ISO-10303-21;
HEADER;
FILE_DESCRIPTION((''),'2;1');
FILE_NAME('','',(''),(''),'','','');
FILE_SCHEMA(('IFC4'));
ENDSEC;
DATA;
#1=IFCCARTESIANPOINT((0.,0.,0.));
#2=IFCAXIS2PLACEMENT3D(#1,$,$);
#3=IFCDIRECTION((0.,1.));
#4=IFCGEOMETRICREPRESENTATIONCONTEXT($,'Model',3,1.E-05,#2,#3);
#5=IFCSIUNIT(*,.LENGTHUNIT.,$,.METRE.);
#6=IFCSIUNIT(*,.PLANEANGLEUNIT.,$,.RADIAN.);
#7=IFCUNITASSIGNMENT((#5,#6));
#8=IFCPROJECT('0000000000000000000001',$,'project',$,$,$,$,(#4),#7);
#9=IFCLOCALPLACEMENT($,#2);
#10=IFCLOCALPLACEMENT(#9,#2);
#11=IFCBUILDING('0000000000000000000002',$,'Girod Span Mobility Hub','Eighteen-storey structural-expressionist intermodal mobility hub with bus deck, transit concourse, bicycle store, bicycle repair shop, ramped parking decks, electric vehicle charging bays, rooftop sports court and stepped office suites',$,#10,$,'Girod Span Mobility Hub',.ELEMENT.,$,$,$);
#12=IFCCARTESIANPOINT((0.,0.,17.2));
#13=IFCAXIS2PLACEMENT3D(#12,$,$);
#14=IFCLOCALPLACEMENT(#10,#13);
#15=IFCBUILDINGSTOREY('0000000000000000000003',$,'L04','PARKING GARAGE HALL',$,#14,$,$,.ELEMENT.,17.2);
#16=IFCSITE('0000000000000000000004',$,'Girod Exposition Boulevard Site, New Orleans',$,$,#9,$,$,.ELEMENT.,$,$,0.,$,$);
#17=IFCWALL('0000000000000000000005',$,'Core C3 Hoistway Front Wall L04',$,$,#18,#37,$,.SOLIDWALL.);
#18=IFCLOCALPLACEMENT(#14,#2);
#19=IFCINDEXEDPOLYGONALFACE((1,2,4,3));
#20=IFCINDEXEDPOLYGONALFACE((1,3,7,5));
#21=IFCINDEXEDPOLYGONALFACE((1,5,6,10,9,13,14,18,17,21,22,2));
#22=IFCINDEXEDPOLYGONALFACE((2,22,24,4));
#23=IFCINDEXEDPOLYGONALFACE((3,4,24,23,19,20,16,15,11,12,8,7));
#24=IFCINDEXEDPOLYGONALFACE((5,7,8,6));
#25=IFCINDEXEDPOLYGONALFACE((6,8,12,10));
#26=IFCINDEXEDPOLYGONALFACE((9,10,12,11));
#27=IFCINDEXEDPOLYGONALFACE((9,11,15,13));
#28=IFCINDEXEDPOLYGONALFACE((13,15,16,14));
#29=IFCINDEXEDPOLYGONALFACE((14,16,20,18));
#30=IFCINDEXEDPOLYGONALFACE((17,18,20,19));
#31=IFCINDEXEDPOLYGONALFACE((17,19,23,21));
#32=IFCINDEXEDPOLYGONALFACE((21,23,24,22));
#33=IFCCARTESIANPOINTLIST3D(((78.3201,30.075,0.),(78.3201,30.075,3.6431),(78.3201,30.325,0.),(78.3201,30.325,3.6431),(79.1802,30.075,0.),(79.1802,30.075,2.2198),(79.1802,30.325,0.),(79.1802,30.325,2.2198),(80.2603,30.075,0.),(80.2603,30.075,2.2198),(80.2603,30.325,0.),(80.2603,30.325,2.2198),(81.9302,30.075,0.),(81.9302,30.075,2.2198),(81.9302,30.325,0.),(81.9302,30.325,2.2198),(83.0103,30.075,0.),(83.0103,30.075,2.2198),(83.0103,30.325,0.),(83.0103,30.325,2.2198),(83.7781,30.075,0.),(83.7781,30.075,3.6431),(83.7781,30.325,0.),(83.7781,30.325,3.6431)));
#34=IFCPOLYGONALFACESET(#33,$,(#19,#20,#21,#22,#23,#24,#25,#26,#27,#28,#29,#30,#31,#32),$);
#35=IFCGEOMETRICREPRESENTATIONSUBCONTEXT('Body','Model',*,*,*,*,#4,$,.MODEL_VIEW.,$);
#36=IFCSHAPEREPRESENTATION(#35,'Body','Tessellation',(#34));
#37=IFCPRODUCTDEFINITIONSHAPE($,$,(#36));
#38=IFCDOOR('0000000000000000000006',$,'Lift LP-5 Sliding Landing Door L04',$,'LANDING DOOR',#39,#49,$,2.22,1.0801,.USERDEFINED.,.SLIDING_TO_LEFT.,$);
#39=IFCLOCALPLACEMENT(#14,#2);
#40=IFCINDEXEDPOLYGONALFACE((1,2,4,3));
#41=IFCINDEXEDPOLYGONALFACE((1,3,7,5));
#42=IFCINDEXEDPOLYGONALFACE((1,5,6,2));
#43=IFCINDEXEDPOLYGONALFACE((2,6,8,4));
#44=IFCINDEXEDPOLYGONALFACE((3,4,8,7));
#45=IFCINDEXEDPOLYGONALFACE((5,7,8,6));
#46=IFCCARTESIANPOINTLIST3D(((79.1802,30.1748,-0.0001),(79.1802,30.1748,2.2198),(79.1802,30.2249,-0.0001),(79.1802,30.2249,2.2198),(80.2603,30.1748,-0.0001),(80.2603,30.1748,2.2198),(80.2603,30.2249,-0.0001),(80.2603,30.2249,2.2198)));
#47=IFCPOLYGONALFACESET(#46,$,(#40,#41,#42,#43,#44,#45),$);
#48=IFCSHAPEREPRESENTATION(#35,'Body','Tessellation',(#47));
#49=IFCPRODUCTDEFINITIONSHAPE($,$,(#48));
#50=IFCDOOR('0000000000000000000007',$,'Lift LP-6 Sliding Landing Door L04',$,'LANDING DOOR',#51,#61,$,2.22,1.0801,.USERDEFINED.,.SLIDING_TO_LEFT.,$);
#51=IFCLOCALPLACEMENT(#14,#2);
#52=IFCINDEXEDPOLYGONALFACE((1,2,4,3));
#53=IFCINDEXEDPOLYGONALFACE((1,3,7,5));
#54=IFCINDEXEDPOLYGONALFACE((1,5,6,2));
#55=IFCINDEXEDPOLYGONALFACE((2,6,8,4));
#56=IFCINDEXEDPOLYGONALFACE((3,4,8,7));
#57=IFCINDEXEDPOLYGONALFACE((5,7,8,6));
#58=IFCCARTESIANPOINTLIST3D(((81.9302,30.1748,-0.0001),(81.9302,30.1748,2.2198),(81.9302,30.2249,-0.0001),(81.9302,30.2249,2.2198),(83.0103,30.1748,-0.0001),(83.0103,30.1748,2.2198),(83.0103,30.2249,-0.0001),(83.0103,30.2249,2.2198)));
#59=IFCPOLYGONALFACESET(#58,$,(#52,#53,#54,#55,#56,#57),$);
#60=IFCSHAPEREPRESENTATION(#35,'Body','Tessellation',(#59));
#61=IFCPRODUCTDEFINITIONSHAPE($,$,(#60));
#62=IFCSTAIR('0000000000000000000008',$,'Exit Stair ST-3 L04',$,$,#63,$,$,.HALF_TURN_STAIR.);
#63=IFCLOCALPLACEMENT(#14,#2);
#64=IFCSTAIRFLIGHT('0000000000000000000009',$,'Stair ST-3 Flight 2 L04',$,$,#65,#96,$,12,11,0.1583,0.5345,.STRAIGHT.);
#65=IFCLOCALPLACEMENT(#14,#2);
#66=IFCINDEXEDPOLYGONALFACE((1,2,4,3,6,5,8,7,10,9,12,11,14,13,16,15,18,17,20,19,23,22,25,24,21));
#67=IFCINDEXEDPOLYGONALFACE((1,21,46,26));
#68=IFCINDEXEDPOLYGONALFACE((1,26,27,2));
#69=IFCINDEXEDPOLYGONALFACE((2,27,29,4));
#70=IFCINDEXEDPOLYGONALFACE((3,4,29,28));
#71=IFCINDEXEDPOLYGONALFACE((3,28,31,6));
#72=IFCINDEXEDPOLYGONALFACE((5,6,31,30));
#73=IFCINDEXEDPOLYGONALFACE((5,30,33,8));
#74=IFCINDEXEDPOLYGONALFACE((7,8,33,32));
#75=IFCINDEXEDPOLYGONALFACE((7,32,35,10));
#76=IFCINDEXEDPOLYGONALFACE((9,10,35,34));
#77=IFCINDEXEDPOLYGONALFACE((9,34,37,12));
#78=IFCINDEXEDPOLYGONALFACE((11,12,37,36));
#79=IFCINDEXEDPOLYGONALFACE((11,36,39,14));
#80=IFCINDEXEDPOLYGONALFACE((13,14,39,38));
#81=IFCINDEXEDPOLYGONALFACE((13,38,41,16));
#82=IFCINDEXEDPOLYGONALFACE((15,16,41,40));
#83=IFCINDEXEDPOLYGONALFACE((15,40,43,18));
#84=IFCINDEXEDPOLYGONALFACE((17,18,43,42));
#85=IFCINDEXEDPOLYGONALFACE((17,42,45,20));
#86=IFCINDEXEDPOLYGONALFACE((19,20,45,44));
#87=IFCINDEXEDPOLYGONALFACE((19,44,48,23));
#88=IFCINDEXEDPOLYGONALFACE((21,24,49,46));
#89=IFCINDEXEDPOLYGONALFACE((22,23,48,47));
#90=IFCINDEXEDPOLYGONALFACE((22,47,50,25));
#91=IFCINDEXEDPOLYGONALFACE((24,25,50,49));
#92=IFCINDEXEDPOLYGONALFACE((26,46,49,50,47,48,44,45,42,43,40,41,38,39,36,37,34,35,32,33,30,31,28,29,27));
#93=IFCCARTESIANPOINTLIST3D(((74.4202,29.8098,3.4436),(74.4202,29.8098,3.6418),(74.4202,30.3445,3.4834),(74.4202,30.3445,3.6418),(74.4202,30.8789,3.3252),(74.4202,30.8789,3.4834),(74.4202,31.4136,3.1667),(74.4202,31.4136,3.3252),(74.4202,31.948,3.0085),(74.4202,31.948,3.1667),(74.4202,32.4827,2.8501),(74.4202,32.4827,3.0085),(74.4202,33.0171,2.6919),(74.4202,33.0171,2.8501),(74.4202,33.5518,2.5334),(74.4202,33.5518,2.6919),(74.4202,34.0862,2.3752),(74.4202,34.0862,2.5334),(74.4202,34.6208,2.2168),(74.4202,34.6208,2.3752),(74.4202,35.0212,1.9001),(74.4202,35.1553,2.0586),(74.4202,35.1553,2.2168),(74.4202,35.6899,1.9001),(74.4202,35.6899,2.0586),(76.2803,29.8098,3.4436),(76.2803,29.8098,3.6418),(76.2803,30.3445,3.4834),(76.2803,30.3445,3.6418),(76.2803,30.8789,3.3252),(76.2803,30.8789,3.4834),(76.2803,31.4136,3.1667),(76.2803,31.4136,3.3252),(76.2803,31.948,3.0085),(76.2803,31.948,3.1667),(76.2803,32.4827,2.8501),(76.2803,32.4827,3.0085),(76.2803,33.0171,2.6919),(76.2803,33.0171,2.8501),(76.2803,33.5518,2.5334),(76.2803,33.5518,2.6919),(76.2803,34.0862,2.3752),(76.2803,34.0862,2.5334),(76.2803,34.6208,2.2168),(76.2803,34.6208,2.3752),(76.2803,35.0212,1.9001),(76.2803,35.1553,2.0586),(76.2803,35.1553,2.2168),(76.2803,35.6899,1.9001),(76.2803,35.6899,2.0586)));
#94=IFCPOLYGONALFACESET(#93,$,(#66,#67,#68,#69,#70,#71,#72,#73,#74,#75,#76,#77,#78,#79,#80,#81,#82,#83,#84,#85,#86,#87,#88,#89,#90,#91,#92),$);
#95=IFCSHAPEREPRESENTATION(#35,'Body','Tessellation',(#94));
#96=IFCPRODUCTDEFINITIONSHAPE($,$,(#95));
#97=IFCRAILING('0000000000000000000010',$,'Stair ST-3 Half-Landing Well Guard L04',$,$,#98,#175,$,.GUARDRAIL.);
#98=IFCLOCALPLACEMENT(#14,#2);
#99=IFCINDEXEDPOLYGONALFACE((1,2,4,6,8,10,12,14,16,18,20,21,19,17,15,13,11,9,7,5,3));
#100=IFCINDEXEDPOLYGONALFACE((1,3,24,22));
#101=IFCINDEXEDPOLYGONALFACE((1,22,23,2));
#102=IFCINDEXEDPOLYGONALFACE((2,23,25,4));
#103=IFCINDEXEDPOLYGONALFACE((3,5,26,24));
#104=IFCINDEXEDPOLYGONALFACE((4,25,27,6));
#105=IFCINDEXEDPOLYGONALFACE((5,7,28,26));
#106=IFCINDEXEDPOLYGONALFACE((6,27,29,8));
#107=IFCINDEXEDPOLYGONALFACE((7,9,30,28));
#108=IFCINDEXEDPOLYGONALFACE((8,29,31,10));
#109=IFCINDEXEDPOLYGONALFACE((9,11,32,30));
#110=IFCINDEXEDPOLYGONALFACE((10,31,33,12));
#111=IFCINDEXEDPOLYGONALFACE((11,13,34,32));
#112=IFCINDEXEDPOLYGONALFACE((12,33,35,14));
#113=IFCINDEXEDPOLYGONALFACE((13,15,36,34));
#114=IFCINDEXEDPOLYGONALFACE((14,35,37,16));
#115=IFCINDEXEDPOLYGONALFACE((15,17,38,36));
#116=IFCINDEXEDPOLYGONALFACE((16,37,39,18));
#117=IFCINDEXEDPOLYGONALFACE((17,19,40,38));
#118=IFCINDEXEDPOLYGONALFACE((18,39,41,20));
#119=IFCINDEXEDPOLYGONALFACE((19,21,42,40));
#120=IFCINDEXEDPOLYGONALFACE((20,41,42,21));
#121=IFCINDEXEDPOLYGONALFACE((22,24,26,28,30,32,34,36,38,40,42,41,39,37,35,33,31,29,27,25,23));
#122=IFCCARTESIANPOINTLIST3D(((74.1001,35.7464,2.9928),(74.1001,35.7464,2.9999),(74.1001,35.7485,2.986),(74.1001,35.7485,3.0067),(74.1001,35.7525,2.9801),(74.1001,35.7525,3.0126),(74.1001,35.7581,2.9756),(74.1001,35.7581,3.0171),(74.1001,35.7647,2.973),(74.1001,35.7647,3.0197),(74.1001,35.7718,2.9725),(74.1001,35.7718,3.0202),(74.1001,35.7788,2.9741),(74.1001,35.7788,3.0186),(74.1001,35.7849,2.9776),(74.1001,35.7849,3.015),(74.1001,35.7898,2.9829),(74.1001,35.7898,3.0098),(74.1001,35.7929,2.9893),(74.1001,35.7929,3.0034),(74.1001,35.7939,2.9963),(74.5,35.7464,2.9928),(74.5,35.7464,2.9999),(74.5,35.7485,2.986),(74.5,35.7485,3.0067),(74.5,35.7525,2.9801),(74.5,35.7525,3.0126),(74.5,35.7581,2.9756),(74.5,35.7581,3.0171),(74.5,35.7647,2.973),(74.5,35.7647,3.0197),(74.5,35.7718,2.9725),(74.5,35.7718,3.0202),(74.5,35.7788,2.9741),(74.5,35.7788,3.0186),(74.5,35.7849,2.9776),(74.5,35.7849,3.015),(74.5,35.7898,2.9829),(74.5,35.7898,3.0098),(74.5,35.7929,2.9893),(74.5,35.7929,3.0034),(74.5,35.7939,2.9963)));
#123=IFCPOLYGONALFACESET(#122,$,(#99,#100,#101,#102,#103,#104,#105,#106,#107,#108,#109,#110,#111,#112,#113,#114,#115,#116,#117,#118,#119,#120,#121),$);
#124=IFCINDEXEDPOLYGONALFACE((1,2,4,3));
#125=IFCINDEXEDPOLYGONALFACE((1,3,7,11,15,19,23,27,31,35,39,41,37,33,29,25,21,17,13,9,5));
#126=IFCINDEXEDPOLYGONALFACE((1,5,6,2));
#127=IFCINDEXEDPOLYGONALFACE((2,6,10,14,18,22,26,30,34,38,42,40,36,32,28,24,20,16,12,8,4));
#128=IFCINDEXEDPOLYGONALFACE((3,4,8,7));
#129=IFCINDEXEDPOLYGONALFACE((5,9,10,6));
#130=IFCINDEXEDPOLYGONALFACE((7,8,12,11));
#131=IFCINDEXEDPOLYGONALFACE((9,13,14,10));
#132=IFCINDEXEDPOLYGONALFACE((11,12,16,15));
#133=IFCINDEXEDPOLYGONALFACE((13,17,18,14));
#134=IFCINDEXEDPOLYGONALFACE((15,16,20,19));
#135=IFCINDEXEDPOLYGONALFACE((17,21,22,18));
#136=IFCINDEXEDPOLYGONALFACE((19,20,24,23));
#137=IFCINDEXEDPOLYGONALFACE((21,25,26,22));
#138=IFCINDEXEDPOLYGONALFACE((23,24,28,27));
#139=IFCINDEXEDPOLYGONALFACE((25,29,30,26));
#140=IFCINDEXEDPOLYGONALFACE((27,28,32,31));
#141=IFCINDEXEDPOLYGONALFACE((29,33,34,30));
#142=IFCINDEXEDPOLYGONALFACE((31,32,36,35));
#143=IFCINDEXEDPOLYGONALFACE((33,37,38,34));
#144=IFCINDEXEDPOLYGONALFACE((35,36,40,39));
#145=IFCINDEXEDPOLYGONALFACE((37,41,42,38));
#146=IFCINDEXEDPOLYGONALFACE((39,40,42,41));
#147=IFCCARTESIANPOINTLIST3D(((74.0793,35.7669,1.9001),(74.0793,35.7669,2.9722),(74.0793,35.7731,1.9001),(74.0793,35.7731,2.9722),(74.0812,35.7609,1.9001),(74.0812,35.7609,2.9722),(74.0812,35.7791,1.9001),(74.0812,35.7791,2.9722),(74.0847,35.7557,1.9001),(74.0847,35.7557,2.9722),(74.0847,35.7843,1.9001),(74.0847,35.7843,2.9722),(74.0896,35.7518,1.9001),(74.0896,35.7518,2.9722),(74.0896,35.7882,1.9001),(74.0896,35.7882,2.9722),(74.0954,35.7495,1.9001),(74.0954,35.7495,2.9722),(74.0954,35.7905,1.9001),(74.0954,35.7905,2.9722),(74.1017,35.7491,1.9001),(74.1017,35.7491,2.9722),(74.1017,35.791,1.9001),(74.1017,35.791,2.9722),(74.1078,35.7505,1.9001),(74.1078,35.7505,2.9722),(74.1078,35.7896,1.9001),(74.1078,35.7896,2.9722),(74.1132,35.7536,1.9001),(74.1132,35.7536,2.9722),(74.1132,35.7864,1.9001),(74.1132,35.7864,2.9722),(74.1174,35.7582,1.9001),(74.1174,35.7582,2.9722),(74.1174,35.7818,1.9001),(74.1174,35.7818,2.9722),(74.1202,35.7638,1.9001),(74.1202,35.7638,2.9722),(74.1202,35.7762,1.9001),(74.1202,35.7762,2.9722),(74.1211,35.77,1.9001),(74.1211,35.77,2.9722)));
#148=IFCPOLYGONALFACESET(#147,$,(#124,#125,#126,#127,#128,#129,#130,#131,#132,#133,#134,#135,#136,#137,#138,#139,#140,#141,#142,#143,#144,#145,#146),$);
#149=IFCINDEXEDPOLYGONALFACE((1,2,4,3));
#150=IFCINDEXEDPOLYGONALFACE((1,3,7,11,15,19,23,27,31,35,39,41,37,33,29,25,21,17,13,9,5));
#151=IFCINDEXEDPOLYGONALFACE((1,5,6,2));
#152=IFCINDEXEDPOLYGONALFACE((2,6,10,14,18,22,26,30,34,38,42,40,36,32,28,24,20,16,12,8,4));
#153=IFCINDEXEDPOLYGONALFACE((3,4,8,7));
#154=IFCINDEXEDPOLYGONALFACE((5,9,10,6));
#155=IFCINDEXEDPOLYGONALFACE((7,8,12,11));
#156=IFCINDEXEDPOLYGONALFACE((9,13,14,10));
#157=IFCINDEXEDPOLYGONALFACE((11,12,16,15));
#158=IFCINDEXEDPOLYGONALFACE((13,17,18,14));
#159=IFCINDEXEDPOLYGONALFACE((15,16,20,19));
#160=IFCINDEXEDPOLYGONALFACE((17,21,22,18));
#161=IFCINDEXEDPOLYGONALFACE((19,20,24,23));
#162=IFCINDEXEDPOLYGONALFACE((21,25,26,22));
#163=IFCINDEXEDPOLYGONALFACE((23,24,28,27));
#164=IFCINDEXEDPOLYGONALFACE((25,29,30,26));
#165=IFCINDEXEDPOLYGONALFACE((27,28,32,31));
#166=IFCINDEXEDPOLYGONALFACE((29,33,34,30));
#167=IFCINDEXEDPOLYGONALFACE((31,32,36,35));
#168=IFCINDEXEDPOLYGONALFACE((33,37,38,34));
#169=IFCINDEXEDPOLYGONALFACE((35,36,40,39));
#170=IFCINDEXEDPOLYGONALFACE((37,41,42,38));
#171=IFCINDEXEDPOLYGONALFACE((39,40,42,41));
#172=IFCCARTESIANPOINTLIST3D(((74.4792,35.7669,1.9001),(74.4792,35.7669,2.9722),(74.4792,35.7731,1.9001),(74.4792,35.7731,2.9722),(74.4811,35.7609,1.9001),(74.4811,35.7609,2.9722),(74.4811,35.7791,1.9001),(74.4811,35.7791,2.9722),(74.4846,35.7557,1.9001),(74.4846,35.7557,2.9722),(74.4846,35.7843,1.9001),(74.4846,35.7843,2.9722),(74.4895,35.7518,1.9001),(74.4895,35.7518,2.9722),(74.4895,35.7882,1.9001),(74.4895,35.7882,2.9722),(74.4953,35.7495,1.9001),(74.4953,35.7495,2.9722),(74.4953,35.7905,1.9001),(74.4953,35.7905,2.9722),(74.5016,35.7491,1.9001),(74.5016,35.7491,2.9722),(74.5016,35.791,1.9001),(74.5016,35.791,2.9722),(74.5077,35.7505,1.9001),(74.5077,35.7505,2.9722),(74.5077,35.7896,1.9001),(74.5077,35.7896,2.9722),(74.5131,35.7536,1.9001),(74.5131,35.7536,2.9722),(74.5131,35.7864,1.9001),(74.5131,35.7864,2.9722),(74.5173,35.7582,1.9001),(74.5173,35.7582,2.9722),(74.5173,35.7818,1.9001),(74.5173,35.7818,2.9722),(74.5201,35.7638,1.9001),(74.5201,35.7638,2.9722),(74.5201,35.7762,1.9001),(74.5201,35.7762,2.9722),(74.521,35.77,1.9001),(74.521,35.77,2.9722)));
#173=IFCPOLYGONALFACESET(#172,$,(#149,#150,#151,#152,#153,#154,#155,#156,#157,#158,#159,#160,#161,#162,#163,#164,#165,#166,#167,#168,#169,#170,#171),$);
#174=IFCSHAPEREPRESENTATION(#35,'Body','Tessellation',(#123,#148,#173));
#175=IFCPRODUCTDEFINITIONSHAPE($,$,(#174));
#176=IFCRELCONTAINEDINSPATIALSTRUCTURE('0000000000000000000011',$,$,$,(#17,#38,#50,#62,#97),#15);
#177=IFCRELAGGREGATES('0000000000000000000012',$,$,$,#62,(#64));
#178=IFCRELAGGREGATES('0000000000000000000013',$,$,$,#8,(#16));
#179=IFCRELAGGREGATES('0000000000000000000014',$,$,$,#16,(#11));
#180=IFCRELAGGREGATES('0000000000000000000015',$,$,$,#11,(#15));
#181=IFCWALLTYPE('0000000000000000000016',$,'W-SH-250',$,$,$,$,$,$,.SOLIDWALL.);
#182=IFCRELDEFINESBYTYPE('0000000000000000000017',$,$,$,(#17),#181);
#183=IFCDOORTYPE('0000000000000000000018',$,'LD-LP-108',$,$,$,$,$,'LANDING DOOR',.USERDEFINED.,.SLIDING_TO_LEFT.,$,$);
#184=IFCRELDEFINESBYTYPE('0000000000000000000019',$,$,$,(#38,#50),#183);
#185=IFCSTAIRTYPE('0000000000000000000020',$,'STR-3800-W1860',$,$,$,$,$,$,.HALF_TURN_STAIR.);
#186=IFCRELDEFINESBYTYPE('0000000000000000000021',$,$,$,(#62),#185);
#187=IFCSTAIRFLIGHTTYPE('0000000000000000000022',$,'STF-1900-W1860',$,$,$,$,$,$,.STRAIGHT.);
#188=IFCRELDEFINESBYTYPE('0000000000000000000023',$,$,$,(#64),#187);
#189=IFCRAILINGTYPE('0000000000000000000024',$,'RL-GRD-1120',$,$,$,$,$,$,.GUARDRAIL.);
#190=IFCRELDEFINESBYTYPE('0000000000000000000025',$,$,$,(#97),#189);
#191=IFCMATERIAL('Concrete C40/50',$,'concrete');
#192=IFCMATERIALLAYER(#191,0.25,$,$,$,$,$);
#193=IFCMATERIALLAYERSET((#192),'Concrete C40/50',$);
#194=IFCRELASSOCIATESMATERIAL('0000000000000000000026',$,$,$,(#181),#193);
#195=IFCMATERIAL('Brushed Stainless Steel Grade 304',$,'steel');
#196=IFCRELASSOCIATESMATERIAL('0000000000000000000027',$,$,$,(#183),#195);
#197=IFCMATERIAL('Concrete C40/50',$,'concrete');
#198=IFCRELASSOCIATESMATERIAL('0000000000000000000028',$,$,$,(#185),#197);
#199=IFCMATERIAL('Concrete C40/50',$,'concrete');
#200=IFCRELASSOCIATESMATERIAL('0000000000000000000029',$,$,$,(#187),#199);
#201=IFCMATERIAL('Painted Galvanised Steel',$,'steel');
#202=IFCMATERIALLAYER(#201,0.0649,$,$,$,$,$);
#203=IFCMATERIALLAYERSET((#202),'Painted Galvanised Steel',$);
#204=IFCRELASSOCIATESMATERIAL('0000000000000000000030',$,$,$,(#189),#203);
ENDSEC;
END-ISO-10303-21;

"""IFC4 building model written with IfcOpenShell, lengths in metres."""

from ifc_helpers import new_model, si_unit, direction, frame, frame_2d, origin, origin_2d, place, context, subcontext, project, spatial, polyline, rectangle, circle, outline, extrude, material, layer, layer_set, type_object, element, fill, aggregate, save


model = new_model("IFC4")

# Units and contexts
model_context = context("Model", 3, precision=1e-05, world=origin(), true_north=direction((0.0, 1.0)))
body_context = subcontext(model_context, "Body", "Model", "MODEL_VIEW")
ifc_project = project(units=[si_unit("LENGTHUNIT", "METRE"), si_unit("PLANEANGLEUNIT", "RADIAN")], contexts=[model_context])

# Site, building, storey
site_placement = place(None, origin())
site = spatial("IfcSite", under=ifc_project, at=site_placement, Name="Girod Exposition Boulevard Site, New Orleans", CompositionType="ELEMENT", RefElevation=0.0)
building_placement = place(site_placement, origin())
building = spatial("IfcBuilding", under=site, at=building_placement, Name="Girod Span Mobility Hub", Description="Eighteen-storey structural-expressionist intermodal mobility hub with bus deck, transit concourse, bicycle store, bicycle repair shop, ramped parking decks, electric vehicle charging bays, rooftop sports court and stepped office suites", LongName="Girod Span Mobility Hub", CompositionType="ELEMENT")
storey_placement = place(building_placement, frame((0.0, 0.0, 17.2)))
storey = spatial("IfcBuildingStorey", under=building, at=storey_placement, Name="L04", Description="PARKING GARAGE HALL", CompositionType="ELEMENT", Elevation=17.2)

# Wall, openings, doors
ifc_material_1 = material(Name="Concrete C40/50", Category="concrete")
ifc_layer_1 = layer(ifc_material_1, 0.25)
ifc_layer_set_1 = layer_set([ifc_layer_1], Name="Concrete C40/50")
wall_type_1 = type_object("IfcWallType", Name="W-SH-250", PredefinedType="SOLIDWALL", material=ifc_layer_set_1)
wall_1_placement = place(storey_placement, frame((78.3201, 30.2, 0.0), z_axis=(0.0, 0.0, 1.0), x_axis=(1.0, 0.0, 0.0)))
wall_1 = element("IfcWall", 1, at=wall_1_placement, inside=storey, type_object=wall_type_1, Name="Core C3 Hoistway Front Wall L04", PredefinedType="SOLIDWALL", context=body_context, shape_type="SweptSolid", body=[
    extrude(rectangle(XDim=5.458, YDim=0.25, at=frame_2d((2.729, 0.0))), origin(), (0.0, 0.0, 1.0), 3.6431),
])
opening_1_placement = place(wall_1_placement, frame((0.8601, 0.0, 0.0)))
opening_1 = element("IfcOpeningElement", 2, at=opening_1_placement, cuts=wall_1, PredefinedType="OPENING", context=body_context, shape_type="SweptSolid", body=[
    extrude(rectangle(XDim=1.0801, YDim=2.22, at=frame_2d((0.54, 1.1099))), frame((0.0, 0.1399, 0.0), z_axis=(0.0, -1.0, 0.0), x_axis=(1.0, 0.0, 0.0)), (0.0, 0.0, 1.0), 0.28),
])
opening_2_placement = place(wall_1_placement, frame((3.6101, 0.0, 0.0)))
opening_2 = element("IfcOpeningElement", 3, at=opening_2_placement, cuts=wall_1, PredefinedType="OPENING", context=body_context, shape_type="SweptSolid", body=[
    extrude(rectangle(XDim=1.0801, YDim=2.22, at=frame_2d((0.54, 1.1099))), frame((0.0, 0.1399, 0.0), z_axis=(0.0, -1.0, 0.0), x_axis=(1.0, 0.0, 0.0)), (0.0, 0.0, 1.0), 0.28),
])
ifc_material_2 = material(Name="Brushed Stainless Steel Grade 304", Category="steel")
door_type_1 = type_object("IfcDoorType", Name="LD-LP-108", ElementType="LANDING DOOR", OperationType="SLIDING_TO_LEFT", PredefinedType="USERDEFINED", material=ifc_material_2)
door_1_placement = place(opening_1_placement, origin())
door_1 = element("IfcDoor", 4, at=door_1_placement, inside=storey, type_object=door_type_1, Name="Lift LP-5 Sliding Landing Door L04", ObjectType="LANDING DOOR", OperationType="SLIDING_TO_LEFT", OverallHeight=2.22, OverallWidth=1.0801, PredefinedType="USERDEFINED", context=body_context, shape_type="SweptSolid", body=[
    extrude(rectangle(XDim=1.0801, YDim=2.22, at=frame_2d((0.54, 1.1099))), frame((0.0, 0.0249, 0.0), z_axis=(0.0, -1.0, 0.0), x_axis=(1.0, 0.0, 0.0)), (0.0, 0.0, 1.0), 0.05),
])
fill(opening_1, door_1)
door_2_placement = place(opening_2_placement, origin())
door_2 = element("IfcDoor", 5, at=door_2_placement, inside=storey, type_object=door_type_1, Name="Lift LP-6 Sliding Landing Door L04", ObjectType="LANDING DOOR", OperationType="SLIDING_TO_LEFT", OverallHeight=2.22, OverallWidth=1.0801, PredefinedType="USERDEFINED", context=body_context, shape_type="SweptSolid", body=[
    extrude(rectangle(XDim=1.0801, YDim=2.22, at=frame_2d((0.54, 1.1099))), frame((0.0, 0.0249, 0.0), z_axis=(0.0, -1.0, 0.0), x_axis=(1.0, 0.0, 0.0)), (0.0, 0.0, 1.0), 0.05),
])
fill(opening_2, door_2)

# Stair, stair flight
ifc_material_3 = material(Name="Concrete C40/50", Category="concrete")
stair_type = type_object("IfcStairType", Name="STR-3800-W1860", PredefinedType="HALF_TURN_STAIR", material=ifc_material_3)
stair_placement = place(storey_placement, origin())
stair = element("IfcStair", 6, at=stair_placement, inside=storey, type_object=stair_type, Name="Exit Stair ST-3 L04", PredefinedType="HALF_TURN_STAIR")
ifc_material_4 = material(Name="Concrete C40/50", Category="concrete")
stair_flight_type = type_object("IfcStairFlightType", Name="STF-1900-W1860", PredefinedType="STRAIGHT", material=ifc_material_4)
stair_flight_placement = place(storey_placement, frame((75.3501, 35.6899, 1.9001), z_axis=(0.0, 0.0, 1.0), x_axis=(0.0, -1.0, 0.0)))
stair_flight = element("IfcStairFlight", 7, at=stair_flight_placement, type_object=stair_flight_type, Name="Stair ST-3 Flight 2 L04", NumberOfRisers=12, NumberOfTreads=11, PredefinedType="STRAIGHT", RiserHeight=0.1583, TreadLength=0.5345, context=body_context, shape_type="SweptSolid", body=[
    extrude(outline(polyline([(0.0, 0.0), (0.0, 0.1584), (0.5347, 0.1584), (0.5347, 0.3167), (1.0691, 0.3167), (1.0691, 0.4751), (1.6038, 0.4751), (1.6038, 0.6333), (2.1382, 0.6333), (2.1382, 0.7917), (2.6729, 0.7917), (2.6729, 0.95), (3.2073, 0.95), (3.2073, 1.1084), (3.7419, 1.1084), (3.7419, 1.2666), (4.2764, 1.2666), (4.2764, 1.425), (4.811, 1.425), (4.811, 1.5833), (5.3455, 1.5833), (5.3455, 1.7417), (5.8801, 1.7417), (5.8801, 1.8999), (5.8801, 1.5435), (0.6687, 0.0), (0.0, 0.0)])), frame((0.0, 0.9302, 0.0), z_axis=(0.0, -1.0, 0.0), x_axis=(1.0, 0.0, 0.0)), (0.0, 0.0, 1.0), 1.8601),
])
aggregate(stair, [stair_flight])

# Railing
ifc_material_5 = material(Name="Painted Galvanised Steel", Category="steel")
ifc_layer_2 = layer(ifc_material_5, 0.0649)
ifc_layer_set_2 = layer_set([ifc_layer_2], Name="Painted Galvanised Steel")
railing_type_1 = type_object("IfcRailingType", Name="RL-GRD-1120", PredefinedType="GUARDRAIL", material=ifc_layer_set_2)
railing_1_placement = place(storey_placement, frame((74.1001, 35.77, 1.9001)))
element("IfcRailing", 8, at=railing_1_placement, inside=storey, type_object=railing_type_1, Name="Stair ST-3 Half-Landing Well Guard L04", PredefinedType="GUARDRAIL", context=body_context, shape_type="SweptSolid", body=[
    extrude(circle(Radius=0.0239, at=origin_2d()), frame((0.0, 0.0, 1.0962), z_axis=(1.0, 0.0, 0.0), x_axis=(0.0, 1.0, 0.0)), (0.0, 0.0, 1.0), 0.3999),
    extrude(circle(Radius=0.021, at=origin_2d()), origin(), (0.0, 0.0, 1.0), 1.072),
    extrude(circle(Radius=0.021, at=origin_2d()), frame((0.3999, 0.0, 0.0)), (0.0, 0.0, 1.0), 1.072),
])

save(model, "model.ifc")
